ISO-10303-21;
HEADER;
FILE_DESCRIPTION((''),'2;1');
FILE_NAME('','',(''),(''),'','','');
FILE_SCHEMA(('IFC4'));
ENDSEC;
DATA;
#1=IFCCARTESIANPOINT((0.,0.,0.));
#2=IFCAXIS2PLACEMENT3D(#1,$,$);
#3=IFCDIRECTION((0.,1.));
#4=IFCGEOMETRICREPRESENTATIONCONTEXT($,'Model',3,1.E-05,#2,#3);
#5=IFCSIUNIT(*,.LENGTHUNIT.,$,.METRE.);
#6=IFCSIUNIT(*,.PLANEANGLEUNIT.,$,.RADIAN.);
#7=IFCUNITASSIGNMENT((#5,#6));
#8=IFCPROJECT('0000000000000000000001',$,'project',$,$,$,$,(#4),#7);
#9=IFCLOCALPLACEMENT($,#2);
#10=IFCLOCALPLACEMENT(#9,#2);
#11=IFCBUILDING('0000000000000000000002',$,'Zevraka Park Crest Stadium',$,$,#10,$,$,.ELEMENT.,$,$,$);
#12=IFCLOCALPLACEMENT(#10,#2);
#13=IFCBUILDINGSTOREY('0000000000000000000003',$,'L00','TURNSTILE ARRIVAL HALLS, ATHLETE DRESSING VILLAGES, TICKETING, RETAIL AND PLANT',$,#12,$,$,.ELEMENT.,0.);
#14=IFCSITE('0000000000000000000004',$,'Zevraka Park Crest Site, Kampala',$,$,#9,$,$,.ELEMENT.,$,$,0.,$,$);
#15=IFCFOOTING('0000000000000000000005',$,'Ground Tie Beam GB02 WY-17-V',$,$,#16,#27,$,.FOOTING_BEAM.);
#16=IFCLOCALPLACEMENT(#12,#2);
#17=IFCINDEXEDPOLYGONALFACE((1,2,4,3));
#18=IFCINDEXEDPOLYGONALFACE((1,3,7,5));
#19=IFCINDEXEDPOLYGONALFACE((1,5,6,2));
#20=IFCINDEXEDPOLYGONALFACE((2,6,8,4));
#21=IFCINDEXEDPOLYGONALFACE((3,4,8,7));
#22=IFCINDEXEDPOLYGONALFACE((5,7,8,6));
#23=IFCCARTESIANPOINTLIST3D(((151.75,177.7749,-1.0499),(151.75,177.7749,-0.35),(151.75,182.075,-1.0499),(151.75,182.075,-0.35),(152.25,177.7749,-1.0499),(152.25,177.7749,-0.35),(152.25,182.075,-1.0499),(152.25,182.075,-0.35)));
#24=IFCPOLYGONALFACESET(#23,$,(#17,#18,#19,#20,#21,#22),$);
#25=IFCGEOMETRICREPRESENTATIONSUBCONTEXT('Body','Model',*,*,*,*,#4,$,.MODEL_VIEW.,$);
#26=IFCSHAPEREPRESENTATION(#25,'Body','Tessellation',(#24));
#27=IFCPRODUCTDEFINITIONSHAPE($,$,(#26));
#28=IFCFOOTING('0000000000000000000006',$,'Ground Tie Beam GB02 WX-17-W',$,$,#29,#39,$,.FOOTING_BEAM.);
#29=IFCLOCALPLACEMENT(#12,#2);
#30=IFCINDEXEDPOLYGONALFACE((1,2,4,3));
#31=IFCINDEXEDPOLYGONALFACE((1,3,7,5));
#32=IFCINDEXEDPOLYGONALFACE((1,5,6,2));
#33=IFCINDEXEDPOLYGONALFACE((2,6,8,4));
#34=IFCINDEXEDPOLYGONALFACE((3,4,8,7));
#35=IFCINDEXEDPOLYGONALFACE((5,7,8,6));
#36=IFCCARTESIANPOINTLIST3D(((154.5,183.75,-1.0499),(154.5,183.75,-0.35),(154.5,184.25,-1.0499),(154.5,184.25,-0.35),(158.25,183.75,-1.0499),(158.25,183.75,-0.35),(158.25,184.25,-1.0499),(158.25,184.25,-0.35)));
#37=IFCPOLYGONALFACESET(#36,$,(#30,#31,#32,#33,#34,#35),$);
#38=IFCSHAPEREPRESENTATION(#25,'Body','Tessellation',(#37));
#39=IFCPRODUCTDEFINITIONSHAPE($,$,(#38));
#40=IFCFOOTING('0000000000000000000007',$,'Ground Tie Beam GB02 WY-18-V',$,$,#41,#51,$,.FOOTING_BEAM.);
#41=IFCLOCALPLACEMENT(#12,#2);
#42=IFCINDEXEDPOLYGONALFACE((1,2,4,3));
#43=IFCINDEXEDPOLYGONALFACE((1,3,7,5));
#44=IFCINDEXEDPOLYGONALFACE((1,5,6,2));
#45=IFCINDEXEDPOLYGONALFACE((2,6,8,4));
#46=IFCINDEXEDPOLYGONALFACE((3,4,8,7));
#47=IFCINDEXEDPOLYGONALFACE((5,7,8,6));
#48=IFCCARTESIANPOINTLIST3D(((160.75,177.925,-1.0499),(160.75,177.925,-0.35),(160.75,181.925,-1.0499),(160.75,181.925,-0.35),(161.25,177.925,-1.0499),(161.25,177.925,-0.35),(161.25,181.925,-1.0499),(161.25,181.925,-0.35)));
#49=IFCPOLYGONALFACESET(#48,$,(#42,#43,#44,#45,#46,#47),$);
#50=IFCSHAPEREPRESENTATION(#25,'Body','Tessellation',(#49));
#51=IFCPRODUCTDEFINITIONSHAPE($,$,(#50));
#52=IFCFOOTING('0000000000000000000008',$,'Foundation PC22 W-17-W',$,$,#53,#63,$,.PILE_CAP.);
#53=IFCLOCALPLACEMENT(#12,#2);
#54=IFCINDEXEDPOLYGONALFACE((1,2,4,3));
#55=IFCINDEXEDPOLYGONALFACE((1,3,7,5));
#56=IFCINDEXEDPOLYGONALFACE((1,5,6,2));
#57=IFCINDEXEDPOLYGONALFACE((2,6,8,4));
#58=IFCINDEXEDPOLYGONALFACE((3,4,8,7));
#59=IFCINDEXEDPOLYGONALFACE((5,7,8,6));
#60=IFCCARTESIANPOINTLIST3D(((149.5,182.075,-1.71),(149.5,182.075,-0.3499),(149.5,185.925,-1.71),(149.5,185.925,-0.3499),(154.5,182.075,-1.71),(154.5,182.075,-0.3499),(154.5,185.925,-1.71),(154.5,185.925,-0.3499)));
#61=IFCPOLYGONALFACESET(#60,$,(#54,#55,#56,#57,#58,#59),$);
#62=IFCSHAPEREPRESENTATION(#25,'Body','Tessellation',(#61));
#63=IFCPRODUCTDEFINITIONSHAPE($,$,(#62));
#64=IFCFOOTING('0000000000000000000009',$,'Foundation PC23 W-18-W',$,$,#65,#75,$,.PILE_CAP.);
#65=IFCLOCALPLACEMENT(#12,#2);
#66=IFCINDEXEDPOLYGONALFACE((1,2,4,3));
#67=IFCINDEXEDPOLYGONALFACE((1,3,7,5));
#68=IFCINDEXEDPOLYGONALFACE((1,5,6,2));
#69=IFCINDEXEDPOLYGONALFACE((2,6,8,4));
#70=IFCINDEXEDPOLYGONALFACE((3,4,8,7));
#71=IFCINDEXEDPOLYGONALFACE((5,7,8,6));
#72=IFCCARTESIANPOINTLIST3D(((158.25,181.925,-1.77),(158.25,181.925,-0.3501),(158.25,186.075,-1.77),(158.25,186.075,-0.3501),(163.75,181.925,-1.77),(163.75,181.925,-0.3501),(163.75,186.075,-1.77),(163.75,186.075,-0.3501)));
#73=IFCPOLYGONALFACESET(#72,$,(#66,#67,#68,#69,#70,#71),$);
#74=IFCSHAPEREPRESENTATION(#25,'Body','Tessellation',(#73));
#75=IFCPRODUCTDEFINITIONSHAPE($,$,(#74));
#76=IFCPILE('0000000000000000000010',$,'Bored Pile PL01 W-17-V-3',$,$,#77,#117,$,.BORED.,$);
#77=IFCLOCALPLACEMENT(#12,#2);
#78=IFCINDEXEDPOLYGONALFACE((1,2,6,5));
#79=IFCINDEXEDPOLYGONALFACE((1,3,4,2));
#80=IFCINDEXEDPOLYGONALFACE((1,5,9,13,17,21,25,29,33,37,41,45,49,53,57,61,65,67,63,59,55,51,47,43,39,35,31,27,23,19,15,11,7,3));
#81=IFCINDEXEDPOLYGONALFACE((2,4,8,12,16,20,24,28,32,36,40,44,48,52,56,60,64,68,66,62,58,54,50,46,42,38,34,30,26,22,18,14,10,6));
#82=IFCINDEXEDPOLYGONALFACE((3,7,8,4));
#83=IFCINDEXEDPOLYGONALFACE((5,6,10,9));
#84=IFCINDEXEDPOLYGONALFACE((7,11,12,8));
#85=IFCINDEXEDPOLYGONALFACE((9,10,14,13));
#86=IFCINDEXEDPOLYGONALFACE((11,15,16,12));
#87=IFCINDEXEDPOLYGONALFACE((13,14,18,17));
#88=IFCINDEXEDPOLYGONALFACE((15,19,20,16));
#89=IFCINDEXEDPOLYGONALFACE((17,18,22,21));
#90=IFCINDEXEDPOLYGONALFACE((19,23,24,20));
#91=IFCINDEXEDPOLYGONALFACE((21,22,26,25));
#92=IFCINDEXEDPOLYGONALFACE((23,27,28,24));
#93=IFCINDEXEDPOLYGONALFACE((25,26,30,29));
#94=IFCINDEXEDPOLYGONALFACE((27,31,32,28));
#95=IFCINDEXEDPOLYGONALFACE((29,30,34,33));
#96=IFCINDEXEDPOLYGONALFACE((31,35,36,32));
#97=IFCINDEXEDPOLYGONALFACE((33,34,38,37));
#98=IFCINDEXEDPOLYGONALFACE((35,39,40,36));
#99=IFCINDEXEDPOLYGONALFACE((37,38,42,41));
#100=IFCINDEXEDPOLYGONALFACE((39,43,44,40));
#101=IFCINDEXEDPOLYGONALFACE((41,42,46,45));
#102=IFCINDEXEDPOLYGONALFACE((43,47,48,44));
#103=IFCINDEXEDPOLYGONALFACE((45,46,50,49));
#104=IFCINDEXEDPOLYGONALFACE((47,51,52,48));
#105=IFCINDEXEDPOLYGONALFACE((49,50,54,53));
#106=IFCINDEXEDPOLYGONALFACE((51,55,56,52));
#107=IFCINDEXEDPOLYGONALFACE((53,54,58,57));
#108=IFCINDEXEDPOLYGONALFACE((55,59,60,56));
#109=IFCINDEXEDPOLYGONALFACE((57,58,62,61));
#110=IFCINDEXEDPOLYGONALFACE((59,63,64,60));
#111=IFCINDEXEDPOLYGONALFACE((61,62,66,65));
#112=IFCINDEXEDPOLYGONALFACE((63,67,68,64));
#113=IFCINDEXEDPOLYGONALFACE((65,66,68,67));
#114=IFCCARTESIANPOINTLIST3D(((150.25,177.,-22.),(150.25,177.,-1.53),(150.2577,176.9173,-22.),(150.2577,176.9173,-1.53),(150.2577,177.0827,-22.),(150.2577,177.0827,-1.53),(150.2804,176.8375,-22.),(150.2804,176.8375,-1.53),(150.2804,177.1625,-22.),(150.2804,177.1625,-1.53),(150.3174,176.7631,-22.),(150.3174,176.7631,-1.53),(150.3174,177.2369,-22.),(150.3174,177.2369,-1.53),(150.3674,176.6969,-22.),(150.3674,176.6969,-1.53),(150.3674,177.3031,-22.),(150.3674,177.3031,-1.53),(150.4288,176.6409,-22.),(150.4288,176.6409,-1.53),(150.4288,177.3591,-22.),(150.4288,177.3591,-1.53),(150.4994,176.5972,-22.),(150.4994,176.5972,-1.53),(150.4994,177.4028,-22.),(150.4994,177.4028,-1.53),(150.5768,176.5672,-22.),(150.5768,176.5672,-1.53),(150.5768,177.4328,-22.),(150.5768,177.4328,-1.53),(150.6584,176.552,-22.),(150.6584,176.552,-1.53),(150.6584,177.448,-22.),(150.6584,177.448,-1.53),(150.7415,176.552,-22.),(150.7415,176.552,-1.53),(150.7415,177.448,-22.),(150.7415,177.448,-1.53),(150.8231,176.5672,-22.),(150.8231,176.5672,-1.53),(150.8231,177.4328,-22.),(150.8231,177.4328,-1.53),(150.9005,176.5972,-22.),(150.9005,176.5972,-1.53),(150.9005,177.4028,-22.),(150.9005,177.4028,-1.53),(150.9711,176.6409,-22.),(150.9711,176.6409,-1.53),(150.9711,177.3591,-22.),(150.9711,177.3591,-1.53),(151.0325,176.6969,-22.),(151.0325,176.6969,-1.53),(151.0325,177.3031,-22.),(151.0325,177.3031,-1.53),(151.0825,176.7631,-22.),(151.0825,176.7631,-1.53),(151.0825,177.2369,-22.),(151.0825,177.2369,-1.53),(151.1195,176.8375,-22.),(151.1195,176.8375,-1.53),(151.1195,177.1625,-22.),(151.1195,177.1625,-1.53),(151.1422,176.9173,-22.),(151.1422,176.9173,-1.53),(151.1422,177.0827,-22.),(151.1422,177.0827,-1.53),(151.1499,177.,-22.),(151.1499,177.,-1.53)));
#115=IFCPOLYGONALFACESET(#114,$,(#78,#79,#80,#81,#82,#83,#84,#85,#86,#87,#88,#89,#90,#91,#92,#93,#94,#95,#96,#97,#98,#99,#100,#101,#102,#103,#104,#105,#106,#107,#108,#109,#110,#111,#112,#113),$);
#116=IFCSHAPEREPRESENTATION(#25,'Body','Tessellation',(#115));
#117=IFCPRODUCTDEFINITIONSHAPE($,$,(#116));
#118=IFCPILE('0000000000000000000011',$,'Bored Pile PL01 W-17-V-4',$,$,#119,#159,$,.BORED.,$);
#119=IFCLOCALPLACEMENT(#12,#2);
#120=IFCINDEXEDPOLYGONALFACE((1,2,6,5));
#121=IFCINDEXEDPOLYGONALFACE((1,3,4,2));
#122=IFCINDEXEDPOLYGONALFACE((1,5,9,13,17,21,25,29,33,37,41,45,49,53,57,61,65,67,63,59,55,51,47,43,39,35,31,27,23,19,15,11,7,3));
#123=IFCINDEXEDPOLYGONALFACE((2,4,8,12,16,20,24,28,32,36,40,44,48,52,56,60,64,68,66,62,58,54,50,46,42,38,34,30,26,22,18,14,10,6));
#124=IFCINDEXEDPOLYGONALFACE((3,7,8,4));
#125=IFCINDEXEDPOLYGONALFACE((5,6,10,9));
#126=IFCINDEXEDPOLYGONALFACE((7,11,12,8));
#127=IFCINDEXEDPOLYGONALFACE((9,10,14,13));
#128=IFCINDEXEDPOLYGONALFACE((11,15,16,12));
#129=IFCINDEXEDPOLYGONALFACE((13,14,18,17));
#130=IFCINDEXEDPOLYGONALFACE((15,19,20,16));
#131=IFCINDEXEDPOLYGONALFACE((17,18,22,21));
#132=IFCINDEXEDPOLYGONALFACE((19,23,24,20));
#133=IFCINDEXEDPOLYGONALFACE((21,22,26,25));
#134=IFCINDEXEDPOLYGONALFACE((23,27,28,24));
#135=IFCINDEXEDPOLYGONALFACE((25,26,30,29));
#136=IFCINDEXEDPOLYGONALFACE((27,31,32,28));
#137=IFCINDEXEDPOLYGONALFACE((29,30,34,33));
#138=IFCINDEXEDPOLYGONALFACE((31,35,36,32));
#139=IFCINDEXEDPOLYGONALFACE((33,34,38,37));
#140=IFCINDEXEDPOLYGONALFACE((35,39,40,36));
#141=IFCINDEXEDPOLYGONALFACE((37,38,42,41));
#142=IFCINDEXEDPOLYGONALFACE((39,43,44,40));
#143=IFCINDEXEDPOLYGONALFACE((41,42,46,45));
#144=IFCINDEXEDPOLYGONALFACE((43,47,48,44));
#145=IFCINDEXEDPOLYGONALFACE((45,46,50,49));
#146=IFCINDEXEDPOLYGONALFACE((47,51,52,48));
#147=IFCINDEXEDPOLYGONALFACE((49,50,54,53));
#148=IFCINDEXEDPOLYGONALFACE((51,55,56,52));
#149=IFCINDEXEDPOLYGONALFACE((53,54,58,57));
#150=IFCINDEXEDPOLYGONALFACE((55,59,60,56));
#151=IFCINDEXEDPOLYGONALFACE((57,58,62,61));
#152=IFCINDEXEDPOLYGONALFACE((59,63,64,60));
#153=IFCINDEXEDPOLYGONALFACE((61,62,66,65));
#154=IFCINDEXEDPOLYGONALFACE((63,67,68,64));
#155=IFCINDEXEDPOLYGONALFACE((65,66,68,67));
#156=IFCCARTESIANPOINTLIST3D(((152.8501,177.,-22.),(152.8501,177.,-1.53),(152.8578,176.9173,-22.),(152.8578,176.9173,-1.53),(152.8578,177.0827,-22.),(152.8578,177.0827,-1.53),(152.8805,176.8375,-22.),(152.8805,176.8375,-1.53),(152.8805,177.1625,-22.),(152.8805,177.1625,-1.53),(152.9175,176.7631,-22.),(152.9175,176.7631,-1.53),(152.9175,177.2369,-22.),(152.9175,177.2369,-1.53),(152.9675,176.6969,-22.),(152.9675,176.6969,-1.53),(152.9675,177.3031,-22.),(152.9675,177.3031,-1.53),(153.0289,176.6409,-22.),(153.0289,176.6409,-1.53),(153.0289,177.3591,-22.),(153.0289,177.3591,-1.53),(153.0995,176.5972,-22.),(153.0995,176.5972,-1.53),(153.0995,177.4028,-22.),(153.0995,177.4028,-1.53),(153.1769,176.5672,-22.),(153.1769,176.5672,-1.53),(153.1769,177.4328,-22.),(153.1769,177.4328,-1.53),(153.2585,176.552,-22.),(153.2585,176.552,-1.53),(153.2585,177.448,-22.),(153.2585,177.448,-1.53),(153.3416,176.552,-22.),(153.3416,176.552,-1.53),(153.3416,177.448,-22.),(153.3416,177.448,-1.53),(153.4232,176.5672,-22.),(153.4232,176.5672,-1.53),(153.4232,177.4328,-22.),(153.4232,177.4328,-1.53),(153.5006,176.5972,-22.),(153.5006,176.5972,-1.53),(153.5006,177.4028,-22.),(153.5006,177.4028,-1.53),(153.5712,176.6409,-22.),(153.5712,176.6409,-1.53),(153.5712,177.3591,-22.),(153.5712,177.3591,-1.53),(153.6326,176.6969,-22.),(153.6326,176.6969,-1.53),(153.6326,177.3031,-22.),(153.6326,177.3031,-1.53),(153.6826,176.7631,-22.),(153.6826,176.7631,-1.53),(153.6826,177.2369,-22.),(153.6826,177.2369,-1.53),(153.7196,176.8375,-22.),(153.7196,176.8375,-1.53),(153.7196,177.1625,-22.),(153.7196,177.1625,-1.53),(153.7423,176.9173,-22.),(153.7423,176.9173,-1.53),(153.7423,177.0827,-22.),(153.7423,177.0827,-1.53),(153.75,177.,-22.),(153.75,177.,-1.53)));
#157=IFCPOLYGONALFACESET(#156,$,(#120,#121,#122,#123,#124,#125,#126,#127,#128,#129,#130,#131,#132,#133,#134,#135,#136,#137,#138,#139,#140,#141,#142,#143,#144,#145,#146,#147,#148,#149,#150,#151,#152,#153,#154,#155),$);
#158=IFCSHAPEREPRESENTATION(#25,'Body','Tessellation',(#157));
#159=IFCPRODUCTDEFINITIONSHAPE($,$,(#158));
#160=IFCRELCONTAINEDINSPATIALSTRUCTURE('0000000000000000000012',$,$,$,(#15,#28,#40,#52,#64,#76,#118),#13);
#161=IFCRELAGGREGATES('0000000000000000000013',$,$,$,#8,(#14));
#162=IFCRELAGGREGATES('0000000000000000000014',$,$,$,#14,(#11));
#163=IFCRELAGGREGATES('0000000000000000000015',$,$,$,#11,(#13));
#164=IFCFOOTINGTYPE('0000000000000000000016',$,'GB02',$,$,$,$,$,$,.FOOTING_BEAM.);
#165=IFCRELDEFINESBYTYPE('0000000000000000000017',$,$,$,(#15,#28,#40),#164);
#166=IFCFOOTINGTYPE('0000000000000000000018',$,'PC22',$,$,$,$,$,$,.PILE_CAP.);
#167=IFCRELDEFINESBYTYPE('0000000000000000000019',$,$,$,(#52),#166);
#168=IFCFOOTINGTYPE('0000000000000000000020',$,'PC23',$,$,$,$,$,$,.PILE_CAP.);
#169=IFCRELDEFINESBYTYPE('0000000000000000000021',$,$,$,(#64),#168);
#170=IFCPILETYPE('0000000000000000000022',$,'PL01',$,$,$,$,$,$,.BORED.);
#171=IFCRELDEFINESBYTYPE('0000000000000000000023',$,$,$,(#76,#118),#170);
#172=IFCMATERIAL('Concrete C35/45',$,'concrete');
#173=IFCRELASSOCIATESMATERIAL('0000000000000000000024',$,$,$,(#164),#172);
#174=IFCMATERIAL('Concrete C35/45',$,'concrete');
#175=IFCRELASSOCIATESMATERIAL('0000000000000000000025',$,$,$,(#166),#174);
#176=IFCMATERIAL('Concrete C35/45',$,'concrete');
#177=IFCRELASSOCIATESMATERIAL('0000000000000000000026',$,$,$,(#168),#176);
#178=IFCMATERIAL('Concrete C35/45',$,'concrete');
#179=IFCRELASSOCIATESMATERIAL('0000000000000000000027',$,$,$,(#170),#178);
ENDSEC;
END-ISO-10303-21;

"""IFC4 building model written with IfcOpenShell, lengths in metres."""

from ifc_helpers import new_model, si_unit, direction, frame, origin, origin_2d, place, context, subcontext, project, spatial, rectangle, circle, extrude, material, material_profile, profile_set, type_object, element, save


model = new_model("IFC4")

# Units and contexts
model_context = context("Model", 3, precision=1e-05, world=origin(), true_north=direction((0.0, 1.0)))
body_context = subcontext(model_context, "Body", "Model", "MODEL_VIEW")
ifc_project = project(units=[si_unit("LENGTHUNIT", "METRE"), si_unit("PLANEANGLEUNIT", "RADIAN")], contexts=[model_context])

# Site, building, storey
site_placement = place(None, origin())
site = spatial("IfcSite", under=ifc_project, at=site_placement, Name="Zevraka Park Crest Site, Kampala", CompositionType="ELEMENT", RefElevation=0.0)
building_placement = place(site_placement, origin())
building = spatial("IfcBuilding", under=site, at=building_placement, Name="Zevraka Park Crest Stadium", CompositionType="ELEMENT")
storey_placement = place(building_placement, origin())
storey = spatial("IfcBuildingStorey", under=building, at=storey_placement, Name="L00", Description="TURNSTILE ARRIVAL HALLS, ATHLETE DRESSING VILLAGES, TICKETING, RETAIL AND PLANT", CompositionType="ELEMENT", Elevation=0.0)

# Footings
ifc_material_1 = material(Name="Concrete C35/45", Category="concrete")
ifc_material_profile_1 = material_profile(ifc_material_1, rectangle(XDim=0.5, YDim=0.7, at=origin_2d()), Name="GB 700x500")
ifc_profile_set_1 = profile_set([ifc_material_profile_1], Name="Concrete C35/45")
footing_type_1 = type_object("IfcFootingType", Name="GB02", PredefinedType="FOOTING_BEAM", material=ifc_profile_set_1)
footing_1_placement = place(storey_placement, frame((152.0, 177.7749, -0.7), z_axis=(0.0, 1.0, 0.0), x_axis=(-1.0, 0.0, 0.0)))
element("IfcFooting", 1, at=footing_1_placement, inside=storey, type_object=footing_type_1, Name="Ground Tie Beam GB02 WY-17-V", PredefinedType="FOOTING_BEAM", context=body_context, shape_type="SweptSolid", body=[
    extrude(rectangle(XDim=0.5, YDim=0.7, at=origin_2d()), origin(), (0.0, 0.0, 1.0), 4.3),
])
footing_2_placement = place(storey_placement, frame((154.5, 184.0, -0.7), z_axis=(1.0, 0.0, 0.0), x_axis=(0.0, 1.0, 0.0)))
element("IfcFooting", 2, at=footing_2_placement, inside=storey, type_object=footing_type_1, Name="Ground Tie Beam GB02 WX-17-W", PredefinedType="FOOTING_BEAM", context=body_context, shape_type="SweptSolid", body=[
    extrude(rectangle(XDim=0.5, YDim=0.7, at=origin_2d()), origin(), (0.0, 0.0, 1.0), 3.75),
])
footing_3_placement = place(storey_placement, frame((161.0, 177.925, -0.7), z_axis=(0.0, 1.0, 0.0), x_axis=(-1.0, 0.0, 0.0)))
element("IfcFooting", 3, at=footing_3_placement, inside=storey, type_object=footing_type_1, Name="Ground Tie Beam GB02 WY-18-V", PredefinedType="FOOTING_BEAM", context=body_context, shape_type="SweptSolid", body=[
    extrude(rectangle(XDim=0.5, YDim=0.7, at=origin_2d()), origin(), (0.0, 0.0, 1.0), 4.0),
])
ifc_material_2 = material(Name="Concrete C35/45", Category="concrete")
footing_type_2 = type_object("IfcFootingType", Name="PC22", PredefinedType="PILE_CAP", material=ifc_material_2)
footing_4_placement = place(storey_placement, frame((152.0, 184.0, -1.71), z_axis=(0.0, 0.0, 1.0), x_axis=(1.0, 0.0, 0.0)))
element("IfcFooting", 4, at=footing_4_placement, inside=storey, type_object=footing_type_2, Name="Foundation PC22 W-17-W", PredefinedType="PILE_CAP", context=body_context, shape_type="SweptSolid", body=[
    extrude(rectangle(XDim=5.0, YDim=3.8501, at=origin_2d()), origin(), (0.0, 0.0, 1.0), 1.3601),
])
ifc_material_3 = material(Name="Concrete C35/45", Category="concrete")
footing_type_3 = type_object("IfcFootingType", Name="PC23", PredefinedType="PILE_CAP", material=ifc_material_3)
footing_5_placement = place(storey_placement, frame((161.0, 184.0, -1.77), z_axis=(0.0, 0.0, 1.0), x_axis=(1.0, 0.0, 0.0)))
element("IfcFooting", 5, at=footing_5_placement, inside=storey, type_object=footing_type_3, Name="Foundation PC23 W-18-W", PredefinedType="PILE_CAP", context=body_context, shape_type="SweptSolid", body=[
    extrude(rectangle(XDim=5.5, YDim=4.1499, at=origin_2d()), origin(), (0.0, 0.0, 1.0), 1.4199),
])

# Piles
ifc_material_4 = material(Name="Concrete C35/45", Category="concrete")
ifc_material_profile_2 = material_profile(ifc_material_4, circle(Radius=0.45, at=origin_2d()), Name="PILE D900")
ifc_profile_set_2 = profile_set([ifc_material_profile_2], Name="Concrete C35/45")
pile_type_1 = type_object("IfcPileType", Name="PL01", PredefinedType="BORED", material=ifc_profile_set_2)
for number, where, z_axis, x_axis, name in (
    (6, (150.7, 177.0, -1.53), (0.0, 0.0, -1.0), (1.0, 0.0, 0.0), "Bored Pile PL01 W-17-V-3"),
    (7, (153.3, 177.0, -1.53), (0.0, 0.0, -1.0), (1.0, 0.0, 0.0), "Bored Pile PL01 W-17-V-4"),
):
    element("IfcPile", number, at=place(storey_placement, frame(where, z_axis=z_axis, x_axis=x_axis)), inside=storey, type_object=pile_type_1, Name=name, PredefinedType="BORED", context=body_context, shape_type="SweptSolid", body=[
        extrude(circle(Radius=0.45, at=origin_2d()), origin(), (0.0, 0.0, 1.0), 20.47),
    ])

save(model, "model.ifc")
